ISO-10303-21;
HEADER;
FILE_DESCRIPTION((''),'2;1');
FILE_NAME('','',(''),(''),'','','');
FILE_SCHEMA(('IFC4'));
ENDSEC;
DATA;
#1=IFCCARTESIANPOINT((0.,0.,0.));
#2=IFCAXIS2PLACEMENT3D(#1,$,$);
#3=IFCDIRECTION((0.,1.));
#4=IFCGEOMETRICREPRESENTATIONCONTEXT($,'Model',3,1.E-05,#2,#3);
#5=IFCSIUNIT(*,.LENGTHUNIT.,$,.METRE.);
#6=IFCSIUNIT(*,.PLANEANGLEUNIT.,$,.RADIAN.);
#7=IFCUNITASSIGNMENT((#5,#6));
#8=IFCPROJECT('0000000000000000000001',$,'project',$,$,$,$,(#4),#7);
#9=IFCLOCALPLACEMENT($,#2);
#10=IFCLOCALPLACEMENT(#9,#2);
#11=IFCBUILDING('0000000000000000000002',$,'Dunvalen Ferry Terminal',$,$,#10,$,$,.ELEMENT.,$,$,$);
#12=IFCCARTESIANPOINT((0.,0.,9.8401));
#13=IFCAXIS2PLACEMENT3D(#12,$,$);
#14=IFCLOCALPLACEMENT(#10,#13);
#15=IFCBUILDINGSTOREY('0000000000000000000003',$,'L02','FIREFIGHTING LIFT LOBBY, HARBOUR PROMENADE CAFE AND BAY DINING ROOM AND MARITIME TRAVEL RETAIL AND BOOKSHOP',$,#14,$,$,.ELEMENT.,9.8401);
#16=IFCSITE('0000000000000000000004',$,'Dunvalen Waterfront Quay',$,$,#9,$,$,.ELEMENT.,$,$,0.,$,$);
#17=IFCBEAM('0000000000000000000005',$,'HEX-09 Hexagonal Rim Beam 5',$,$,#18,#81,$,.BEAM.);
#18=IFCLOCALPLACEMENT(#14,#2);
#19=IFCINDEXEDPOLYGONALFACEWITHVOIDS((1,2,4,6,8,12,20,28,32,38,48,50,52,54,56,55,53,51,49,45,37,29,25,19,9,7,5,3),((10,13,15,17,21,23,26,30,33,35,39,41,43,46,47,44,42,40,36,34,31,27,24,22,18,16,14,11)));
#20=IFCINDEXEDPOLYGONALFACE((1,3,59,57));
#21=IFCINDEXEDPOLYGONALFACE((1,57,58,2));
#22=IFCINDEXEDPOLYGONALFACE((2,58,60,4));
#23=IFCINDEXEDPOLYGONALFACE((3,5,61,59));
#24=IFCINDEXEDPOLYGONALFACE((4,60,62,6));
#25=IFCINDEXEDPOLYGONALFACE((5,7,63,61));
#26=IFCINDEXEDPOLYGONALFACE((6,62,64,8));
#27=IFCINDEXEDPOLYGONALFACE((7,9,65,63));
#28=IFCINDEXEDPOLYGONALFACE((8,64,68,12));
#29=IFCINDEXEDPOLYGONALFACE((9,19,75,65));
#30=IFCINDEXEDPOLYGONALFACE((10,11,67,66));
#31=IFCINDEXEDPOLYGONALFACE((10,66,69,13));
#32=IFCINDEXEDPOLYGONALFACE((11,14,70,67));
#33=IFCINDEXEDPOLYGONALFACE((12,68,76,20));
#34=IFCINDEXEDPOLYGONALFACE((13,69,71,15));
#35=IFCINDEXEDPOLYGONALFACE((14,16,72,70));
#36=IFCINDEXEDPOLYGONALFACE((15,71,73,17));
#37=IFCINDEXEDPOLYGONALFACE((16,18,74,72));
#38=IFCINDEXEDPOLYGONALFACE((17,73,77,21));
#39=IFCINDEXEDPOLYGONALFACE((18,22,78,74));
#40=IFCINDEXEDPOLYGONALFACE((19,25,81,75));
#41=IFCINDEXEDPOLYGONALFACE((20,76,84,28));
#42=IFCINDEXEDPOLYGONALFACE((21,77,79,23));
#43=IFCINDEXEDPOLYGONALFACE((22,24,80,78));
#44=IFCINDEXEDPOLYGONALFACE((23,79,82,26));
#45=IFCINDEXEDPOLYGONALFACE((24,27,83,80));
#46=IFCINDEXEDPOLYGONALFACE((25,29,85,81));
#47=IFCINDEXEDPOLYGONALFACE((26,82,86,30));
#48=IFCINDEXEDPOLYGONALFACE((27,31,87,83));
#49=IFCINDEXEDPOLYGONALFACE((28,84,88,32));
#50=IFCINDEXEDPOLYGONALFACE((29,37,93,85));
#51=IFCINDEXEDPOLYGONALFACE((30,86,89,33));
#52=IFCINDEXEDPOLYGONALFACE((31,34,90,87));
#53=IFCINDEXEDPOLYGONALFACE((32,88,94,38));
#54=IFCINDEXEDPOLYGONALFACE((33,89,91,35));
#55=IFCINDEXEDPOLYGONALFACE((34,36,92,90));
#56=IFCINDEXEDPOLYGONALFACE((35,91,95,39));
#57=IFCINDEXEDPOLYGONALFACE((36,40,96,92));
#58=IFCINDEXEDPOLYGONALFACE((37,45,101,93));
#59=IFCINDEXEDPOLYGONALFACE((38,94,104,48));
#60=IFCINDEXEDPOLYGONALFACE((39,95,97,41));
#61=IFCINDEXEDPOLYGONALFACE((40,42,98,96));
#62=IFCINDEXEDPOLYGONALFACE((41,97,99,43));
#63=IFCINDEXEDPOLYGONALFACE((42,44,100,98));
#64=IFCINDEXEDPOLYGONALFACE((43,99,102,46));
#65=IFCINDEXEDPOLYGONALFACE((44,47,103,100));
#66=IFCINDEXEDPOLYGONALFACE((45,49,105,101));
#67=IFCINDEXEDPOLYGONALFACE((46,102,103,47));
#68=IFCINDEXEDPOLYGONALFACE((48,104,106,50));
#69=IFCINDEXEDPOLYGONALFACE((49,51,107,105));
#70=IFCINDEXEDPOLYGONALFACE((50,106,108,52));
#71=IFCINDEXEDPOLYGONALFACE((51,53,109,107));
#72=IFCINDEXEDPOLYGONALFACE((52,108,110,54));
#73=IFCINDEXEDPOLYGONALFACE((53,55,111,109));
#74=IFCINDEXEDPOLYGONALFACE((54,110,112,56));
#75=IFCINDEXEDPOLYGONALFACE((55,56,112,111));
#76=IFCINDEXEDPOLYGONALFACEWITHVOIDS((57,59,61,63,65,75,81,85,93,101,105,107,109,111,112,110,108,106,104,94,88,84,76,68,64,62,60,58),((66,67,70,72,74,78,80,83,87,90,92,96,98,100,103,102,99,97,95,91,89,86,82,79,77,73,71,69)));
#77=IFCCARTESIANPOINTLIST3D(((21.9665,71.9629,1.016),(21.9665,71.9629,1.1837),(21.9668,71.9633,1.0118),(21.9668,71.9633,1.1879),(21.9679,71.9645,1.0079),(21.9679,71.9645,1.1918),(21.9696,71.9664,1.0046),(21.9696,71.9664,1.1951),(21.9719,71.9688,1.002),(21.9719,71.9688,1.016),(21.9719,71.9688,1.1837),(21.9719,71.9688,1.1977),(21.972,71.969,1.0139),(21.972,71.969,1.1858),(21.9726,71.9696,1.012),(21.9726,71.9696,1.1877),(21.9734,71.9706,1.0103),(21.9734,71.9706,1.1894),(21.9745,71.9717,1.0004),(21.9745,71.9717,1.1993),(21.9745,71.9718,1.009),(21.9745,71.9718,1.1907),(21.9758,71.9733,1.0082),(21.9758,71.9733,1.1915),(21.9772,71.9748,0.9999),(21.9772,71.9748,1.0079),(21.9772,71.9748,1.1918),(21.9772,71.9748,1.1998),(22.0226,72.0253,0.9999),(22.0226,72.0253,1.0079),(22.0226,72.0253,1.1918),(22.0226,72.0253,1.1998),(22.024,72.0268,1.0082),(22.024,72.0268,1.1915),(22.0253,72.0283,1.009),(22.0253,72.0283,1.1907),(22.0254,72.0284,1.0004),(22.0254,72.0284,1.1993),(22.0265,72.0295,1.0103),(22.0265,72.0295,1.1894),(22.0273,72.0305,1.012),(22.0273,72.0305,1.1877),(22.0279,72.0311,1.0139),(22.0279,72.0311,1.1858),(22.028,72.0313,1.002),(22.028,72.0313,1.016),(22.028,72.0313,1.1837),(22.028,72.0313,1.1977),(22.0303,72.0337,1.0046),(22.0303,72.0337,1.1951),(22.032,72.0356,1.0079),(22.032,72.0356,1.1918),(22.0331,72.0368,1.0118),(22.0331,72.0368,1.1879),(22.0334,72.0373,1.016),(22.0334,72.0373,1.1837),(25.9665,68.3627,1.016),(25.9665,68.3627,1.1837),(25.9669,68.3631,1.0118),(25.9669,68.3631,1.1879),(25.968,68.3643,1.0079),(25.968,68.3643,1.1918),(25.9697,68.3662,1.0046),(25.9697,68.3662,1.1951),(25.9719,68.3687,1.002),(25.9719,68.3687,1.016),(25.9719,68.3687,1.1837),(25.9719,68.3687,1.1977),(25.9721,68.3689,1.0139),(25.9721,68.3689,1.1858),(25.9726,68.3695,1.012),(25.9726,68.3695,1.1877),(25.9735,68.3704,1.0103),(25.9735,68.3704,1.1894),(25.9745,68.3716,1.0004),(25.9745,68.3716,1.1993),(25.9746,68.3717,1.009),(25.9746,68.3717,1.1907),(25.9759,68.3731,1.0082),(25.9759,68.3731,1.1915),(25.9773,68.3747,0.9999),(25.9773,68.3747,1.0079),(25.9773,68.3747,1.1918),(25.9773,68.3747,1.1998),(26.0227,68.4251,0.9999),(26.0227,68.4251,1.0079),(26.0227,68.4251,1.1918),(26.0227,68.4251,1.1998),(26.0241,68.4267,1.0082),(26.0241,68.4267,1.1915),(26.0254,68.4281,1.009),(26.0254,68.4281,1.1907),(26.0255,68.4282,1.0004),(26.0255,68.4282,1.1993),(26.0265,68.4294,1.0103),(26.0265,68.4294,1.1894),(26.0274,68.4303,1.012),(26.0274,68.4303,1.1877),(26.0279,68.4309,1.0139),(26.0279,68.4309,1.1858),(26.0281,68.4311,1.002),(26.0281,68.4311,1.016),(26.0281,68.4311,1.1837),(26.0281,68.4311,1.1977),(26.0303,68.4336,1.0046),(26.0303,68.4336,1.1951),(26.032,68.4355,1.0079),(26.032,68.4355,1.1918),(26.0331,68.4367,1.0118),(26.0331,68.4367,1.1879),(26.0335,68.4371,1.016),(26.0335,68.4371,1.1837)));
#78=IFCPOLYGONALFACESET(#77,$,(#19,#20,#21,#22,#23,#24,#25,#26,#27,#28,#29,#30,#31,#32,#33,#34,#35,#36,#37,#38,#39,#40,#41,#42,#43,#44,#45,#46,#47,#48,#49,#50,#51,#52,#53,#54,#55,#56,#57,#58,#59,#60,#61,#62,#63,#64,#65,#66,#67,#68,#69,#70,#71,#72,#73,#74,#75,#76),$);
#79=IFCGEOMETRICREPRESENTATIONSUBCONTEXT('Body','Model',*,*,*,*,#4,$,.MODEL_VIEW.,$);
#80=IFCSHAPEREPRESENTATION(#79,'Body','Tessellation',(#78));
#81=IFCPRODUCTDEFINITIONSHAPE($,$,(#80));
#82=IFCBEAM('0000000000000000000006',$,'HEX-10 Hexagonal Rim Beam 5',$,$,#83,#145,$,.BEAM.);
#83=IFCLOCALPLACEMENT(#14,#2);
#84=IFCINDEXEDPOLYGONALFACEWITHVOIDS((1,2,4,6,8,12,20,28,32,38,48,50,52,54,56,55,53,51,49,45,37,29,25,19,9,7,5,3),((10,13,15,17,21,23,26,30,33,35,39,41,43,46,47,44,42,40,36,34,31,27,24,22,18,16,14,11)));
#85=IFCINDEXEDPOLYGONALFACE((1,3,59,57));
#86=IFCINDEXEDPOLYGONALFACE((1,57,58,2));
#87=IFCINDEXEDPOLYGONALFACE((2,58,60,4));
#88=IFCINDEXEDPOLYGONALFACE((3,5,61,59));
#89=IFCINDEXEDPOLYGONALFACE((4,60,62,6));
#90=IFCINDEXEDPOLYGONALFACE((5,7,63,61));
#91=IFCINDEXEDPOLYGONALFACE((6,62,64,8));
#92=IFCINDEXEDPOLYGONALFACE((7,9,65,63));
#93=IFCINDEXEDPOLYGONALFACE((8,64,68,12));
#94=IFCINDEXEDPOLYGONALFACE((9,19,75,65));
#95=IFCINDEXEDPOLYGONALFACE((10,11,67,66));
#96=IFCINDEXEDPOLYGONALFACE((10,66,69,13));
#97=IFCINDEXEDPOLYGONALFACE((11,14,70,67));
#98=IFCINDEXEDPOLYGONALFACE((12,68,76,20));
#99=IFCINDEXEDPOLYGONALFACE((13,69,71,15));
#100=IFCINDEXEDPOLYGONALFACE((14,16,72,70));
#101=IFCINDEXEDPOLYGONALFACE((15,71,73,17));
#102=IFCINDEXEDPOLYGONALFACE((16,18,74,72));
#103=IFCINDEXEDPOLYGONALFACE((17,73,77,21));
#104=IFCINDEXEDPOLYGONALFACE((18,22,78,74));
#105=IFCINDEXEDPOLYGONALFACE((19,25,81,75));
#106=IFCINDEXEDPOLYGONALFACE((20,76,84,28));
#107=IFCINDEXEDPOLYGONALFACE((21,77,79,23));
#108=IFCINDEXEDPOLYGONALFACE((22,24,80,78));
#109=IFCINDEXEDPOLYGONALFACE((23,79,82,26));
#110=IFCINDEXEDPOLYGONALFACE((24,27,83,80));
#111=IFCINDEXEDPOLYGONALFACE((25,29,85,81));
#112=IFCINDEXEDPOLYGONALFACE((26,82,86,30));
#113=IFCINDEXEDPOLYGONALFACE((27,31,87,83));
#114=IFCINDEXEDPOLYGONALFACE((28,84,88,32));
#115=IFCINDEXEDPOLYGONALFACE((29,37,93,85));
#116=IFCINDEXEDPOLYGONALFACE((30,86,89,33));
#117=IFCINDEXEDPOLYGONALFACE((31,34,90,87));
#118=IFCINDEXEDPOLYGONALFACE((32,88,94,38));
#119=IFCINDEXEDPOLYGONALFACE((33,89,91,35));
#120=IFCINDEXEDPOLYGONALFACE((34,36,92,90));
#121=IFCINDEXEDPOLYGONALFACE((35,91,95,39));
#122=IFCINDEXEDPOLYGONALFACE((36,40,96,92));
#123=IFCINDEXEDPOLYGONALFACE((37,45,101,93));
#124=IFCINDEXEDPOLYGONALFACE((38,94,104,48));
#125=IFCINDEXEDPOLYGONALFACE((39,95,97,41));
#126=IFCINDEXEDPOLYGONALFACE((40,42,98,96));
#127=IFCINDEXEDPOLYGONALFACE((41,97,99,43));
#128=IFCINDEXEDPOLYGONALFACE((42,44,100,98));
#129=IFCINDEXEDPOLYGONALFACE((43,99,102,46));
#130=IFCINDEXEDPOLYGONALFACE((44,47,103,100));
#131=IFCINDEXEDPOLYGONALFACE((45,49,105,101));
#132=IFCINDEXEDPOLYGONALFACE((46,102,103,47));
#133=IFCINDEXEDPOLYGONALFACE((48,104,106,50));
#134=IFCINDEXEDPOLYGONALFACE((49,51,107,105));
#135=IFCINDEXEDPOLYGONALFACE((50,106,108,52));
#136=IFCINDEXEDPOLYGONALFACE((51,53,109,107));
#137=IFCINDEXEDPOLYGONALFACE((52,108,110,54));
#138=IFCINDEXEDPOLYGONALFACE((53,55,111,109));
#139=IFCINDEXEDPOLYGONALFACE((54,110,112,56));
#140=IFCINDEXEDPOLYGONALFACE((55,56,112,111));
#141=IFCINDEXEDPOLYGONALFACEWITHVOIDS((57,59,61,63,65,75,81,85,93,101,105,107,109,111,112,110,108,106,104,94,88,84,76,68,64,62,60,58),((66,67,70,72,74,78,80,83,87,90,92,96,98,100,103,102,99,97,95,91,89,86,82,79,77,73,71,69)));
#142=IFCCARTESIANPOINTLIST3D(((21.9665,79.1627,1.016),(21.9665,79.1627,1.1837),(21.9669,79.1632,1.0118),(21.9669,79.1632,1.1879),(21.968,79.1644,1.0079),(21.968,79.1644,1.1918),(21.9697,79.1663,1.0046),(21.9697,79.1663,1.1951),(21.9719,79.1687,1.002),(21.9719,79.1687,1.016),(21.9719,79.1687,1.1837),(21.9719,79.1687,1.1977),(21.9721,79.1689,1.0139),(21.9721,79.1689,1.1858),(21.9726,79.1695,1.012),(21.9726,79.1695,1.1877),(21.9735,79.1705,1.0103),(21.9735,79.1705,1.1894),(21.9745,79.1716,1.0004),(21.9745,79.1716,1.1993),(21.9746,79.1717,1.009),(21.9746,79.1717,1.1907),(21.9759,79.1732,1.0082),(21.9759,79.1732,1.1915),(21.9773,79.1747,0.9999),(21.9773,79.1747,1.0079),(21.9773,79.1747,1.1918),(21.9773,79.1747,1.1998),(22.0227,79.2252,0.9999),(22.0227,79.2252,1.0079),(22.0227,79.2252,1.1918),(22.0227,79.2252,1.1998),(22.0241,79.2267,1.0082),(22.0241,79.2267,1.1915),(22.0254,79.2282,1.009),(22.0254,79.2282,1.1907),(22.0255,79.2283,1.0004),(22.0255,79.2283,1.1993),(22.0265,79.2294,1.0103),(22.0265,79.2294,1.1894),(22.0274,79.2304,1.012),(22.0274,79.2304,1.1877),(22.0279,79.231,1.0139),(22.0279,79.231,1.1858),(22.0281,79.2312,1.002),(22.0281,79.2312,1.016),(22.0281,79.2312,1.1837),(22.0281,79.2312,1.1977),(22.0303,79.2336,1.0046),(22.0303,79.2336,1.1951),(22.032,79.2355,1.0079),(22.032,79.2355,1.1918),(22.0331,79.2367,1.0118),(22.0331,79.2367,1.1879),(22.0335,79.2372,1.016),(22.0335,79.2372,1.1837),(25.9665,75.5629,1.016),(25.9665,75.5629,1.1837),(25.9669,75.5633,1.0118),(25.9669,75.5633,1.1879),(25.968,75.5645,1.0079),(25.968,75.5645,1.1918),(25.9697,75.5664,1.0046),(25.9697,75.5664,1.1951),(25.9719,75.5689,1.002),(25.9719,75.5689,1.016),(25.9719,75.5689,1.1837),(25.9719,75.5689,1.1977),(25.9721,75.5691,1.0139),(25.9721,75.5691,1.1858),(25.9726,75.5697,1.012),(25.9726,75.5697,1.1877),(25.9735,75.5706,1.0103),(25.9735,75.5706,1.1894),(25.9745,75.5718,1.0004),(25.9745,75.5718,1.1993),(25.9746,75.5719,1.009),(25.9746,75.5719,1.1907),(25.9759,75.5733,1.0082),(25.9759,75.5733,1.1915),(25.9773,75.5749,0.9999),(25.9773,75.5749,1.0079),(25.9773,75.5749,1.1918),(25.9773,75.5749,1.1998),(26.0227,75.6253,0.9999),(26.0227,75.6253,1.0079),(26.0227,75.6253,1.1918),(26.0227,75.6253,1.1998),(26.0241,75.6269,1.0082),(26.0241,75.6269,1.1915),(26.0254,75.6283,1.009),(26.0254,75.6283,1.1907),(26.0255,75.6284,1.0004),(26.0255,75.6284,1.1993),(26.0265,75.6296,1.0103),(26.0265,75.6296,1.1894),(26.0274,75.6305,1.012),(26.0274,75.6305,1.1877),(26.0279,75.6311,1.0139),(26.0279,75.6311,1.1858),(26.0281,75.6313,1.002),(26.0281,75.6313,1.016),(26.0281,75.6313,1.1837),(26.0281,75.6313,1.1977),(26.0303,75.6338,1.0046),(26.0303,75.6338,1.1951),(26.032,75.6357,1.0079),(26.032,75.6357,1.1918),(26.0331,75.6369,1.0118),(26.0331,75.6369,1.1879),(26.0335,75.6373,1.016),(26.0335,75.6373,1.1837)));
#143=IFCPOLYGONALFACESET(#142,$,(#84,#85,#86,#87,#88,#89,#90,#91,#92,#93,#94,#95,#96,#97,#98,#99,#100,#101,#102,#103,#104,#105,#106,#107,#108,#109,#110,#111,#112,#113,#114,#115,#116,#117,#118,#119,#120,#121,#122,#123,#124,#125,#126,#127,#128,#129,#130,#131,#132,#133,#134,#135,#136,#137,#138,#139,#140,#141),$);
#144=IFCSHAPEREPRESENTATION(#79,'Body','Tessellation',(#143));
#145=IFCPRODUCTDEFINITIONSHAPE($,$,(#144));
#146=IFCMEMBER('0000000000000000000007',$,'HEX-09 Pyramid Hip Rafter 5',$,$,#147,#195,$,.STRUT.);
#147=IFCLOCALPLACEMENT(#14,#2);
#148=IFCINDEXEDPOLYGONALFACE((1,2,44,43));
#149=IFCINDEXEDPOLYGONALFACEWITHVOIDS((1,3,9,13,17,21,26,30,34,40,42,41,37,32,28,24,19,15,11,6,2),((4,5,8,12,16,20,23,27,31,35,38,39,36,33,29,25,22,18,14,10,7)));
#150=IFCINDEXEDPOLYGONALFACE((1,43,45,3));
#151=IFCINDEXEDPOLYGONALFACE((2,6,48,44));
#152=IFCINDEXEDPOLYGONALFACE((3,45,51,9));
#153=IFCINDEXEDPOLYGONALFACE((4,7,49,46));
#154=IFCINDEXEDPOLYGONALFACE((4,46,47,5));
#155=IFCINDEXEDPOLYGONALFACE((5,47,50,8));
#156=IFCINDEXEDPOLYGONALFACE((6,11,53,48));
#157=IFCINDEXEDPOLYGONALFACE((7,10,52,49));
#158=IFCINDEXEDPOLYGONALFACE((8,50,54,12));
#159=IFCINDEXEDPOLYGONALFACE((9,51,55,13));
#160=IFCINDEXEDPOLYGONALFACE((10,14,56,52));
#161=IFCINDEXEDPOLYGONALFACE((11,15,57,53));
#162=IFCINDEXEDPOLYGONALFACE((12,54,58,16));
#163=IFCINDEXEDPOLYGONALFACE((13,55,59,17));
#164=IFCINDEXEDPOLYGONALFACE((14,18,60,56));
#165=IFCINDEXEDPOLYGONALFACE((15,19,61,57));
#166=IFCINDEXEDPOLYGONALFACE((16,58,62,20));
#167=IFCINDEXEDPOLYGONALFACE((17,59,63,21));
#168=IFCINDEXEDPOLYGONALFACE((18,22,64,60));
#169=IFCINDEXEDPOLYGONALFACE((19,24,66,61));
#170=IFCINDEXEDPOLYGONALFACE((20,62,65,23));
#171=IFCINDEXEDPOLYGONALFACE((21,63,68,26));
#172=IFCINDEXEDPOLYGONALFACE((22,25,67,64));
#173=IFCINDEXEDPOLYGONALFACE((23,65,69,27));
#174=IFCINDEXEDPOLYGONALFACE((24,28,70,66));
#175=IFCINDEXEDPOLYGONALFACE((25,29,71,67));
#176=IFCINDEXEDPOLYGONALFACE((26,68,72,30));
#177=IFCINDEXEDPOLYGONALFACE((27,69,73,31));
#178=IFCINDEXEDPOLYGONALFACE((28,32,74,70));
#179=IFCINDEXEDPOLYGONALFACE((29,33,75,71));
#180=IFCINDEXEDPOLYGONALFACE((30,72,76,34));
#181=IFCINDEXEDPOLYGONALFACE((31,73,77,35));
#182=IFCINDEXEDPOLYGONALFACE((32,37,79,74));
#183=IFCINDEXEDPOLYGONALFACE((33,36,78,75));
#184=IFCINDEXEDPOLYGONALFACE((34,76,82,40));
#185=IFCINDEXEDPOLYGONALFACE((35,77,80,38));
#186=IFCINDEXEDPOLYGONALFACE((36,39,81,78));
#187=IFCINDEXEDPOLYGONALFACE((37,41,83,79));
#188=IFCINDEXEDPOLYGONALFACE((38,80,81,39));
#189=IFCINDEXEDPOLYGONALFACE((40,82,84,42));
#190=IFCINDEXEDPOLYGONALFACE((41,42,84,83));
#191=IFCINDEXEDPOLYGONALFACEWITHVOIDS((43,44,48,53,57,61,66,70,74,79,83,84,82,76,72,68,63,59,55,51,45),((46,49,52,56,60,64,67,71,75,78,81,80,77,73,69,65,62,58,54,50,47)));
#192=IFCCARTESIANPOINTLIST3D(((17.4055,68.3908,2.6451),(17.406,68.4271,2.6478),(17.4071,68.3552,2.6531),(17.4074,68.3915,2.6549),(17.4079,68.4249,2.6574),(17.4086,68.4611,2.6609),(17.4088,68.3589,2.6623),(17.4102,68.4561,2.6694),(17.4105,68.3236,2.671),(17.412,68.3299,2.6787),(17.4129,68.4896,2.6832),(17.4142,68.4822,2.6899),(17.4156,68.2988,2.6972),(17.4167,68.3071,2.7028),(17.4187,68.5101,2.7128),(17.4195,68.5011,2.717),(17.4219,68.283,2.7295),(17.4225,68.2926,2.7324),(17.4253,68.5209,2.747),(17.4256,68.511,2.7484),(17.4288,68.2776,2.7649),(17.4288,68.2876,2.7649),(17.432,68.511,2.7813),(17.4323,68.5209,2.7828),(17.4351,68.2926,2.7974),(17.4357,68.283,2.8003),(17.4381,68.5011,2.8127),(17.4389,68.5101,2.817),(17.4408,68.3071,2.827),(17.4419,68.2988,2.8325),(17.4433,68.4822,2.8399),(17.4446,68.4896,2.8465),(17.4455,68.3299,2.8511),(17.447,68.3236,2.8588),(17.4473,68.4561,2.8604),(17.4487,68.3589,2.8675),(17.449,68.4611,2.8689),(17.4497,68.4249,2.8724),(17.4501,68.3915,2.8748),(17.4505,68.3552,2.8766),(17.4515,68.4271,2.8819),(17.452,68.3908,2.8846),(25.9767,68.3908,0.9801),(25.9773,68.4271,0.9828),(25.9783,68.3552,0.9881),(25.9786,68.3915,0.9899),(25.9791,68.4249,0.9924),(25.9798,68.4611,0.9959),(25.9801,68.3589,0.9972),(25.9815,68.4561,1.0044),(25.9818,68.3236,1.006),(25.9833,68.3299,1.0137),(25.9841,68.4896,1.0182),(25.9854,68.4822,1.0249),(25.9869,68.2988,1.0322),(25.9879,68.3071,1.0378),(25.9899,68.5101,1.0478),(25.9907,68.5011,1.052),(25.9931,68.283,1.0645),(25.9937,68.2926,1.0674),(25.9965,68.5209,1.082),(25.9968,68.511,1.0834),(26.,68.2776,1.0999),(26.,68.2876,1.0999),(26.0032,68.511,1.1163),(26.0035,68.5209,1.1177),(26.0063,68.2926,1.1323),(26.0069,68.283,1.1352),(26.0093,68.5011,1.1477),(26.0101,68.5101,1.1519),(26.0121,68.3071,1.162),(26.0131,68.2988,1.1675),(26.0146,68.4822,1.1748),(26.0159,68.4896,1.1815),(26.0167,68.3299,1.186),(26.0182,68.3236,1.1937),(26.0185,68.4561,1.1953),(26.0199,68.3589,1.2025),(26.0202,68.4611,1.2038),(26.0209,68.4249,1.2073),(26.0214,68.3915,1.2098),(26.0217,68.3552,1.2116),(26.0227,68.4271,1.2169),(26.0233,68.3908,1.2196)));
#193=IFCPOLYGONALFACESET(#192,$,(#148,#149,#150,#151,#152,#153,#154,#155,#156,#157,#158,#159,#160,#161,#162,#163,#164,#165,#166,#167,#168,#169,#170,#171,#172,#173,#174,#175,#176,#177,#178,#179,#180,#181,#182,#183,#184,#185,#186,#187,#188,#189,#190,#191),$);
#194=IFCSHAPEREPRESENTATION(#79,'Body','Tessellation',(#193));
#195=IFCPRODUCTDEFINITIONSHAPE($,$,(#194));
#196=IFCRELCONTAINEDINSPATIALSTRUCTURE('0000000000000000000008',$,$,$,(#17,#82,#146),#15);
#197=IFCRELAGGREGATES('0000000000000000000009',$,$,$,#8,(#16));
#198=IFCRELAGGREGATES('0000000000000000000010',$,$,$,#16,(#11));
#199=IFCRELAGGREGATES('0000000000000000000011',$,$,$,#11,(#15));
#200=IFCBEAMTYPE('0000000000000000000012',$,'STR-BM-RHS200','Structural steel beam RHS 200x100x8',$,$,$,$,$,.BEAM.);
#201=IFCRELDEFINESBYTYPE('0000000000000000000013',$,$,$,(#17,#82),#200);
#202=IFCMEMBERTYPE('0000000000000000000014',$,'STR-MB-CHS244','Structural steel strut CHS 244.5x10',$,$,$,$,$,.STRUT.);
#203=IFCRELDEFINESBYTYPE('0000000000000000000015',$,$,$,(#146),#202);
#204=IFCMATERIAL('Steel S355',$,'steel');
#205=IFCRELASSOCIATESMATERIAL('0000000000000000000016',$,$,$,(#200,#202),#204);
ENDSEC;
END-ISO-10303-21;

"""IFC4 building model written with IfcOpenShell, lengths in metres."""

from ifc_helpers import new_model, si_unit, direction, frame, origin, origin_2d, place, context, subcontext, project, spatial, hollow_rectangle, hollow_circle, extrude, material, material_profile, profile_set, type_object, element, save


model = new_model("IFC4")

# Units and contexts
model_context = context("Model", 3, precision=1e-05, world=origin(), true_north=direction((0.0, 1.0)))
body_context = subcontext(model_context, "Body", "Model", "MODEL_VIEW")
ifc_project = project(units=[si_unit("LENGTHUNIT", "METRE"), si_unit("PLANEANGLEUNIT", "RADIAN")], contexts=[model_context])

# Site, building, storey
site_placement = place(None, origin())
site = spatial("IfcSite", under=ifc_project, at=site_placement, Name="Dunvalen Waterfront Quay", CompositionType="ELEMENT", RefElevation=0.0)
building_placement = place(site_placement, origin())
building = spatial("IfcBuilding", under=site, at=building_placement, Name="Dunvalen Ferry Terminal", CompositionType="ELEMENT")
storey_placement = place(building_placement, frame((0.0, 0.0, 9.8401)))
storey = spatial("IfcBuildingStorey", under=building, at=storey_placement, Name="L02", Description="FIREFIGHTING LIFT LOBBY, HARBOUR PROMENADE CAFE AND BAY DINING ROOM AND MARITIME TRAVEL RETAIL AND BOOKSHOP", CompositionType="ELEMENT", Elevation=9.8401)

# Beams
ifc_material_1 = material(Name="Steel S355", Category="steel")
ifc_material_profile_1 = material_profile(ifc_material_1, hollow_rectangle(XDim=0.1001, YDim=0.2, WallThickness=0.0081, InnerFilletRadius=0.0081, OuterFilletRadius=0.0161, at=origin_2d()), Name="Steel S355")
ifc_profile_set_1 = profile_set([ifc_material_profile_1], Name="Steel S355")
beam_type = type_object("IfcBeamType", Name="STR-BM-RHS200", Description="Structural steel beam RHS 200x100x8", PredefinedType="BEAM", material=ifc_profile_set_1)
beam_1_placement = place(storey_placement, frame((26.0, 68.3999, 1.0999), z_axis=(-0.743285, 0.668975, 0.0), x_axis=(-0.668975, -0.743285, 0.0)))
element("IfcBeam", 1, at=beam_1_placement, inside=storey, type_object=beam_type, Name="HEX-09 Hexagonal Rim Beam 5", PredefinedType="BEAM", context=body_context, shape_type="SweptSolid", body=[
    extrude(hollow_rectangle(XDim=0.1001, YDim=0.2, WallThickness=0.0081, InnerFilletRadius=0.0081, OuterFilletRadius=0.0161, at=origin_2d()), origin(), (0.0, 0.0, 1.0), 5.3816),
])
beam_2_placement = place(storey_placement, frame((26.0, 75.6001, 1.0999), z_axis=(-0.743308, 0.66895, 0.0), x_axis=(-0.66895, -0.743308, 0.0)))
element("IfcBeam", 2, at=beam_2_placement, inside=storey, type_object=beam_type, Name="HEX-10 Hexagonal Rim Beam 5", PredefinedType="BEAM", context=body_context, shape_type="SweptSolid", body=[
    extrude(hollow_rectangle(XDim=0.1001, YDim=0.2, WallThickness=0.0081, InnerFilletRadius=0.0081, OuterFilletRadius=0.0161, at=origin_2d()), origin(), (0.0, 0.0, 1.0), 5.3813),
])

# Member
ifc_material_profile_2 = material_profile(ifc_material_1, hollow_circle(Radius=0.1223, WallThickness=0.01, at=origin_2d()), Name="Steel S355")
ifc_profile_set_2 = profile_set([ifc_material_profile_2], Name="Steel S355")
member_type_1 = type_object("IfcMemberType", Name="STR-MB-CHS244", Description="Structural steel strut CHS 244.5x10", PredefinedType="STRUT", material=ifc_profile_set_2)
for number, where, z_axis, x_axis, name in (
    (3, (26.0, 68.3999, 1.0999), (-0.98165, 0.0, 0.190693), (0.0, -1.0, 0.0), "HEX-09 Pyramid Hip Rafter 5"),
):
    element("IfcMember", number, at=place(storey_placement, frame(where, z_axis=z_axis, x_axis=x_axis)), inside=storey, type_object=member_type_1, Name=name, PredefinedType="STRUT", context=body_context, shape_type="SweptSolid", body=[
        extrude(hollow_circle(Radius=0.1223, WallThickness=0.01, at=origin_2d()), origin(), (0.0, 0.0, 1.0), 8.7314),
    ])

save(model, "model.ifc")
